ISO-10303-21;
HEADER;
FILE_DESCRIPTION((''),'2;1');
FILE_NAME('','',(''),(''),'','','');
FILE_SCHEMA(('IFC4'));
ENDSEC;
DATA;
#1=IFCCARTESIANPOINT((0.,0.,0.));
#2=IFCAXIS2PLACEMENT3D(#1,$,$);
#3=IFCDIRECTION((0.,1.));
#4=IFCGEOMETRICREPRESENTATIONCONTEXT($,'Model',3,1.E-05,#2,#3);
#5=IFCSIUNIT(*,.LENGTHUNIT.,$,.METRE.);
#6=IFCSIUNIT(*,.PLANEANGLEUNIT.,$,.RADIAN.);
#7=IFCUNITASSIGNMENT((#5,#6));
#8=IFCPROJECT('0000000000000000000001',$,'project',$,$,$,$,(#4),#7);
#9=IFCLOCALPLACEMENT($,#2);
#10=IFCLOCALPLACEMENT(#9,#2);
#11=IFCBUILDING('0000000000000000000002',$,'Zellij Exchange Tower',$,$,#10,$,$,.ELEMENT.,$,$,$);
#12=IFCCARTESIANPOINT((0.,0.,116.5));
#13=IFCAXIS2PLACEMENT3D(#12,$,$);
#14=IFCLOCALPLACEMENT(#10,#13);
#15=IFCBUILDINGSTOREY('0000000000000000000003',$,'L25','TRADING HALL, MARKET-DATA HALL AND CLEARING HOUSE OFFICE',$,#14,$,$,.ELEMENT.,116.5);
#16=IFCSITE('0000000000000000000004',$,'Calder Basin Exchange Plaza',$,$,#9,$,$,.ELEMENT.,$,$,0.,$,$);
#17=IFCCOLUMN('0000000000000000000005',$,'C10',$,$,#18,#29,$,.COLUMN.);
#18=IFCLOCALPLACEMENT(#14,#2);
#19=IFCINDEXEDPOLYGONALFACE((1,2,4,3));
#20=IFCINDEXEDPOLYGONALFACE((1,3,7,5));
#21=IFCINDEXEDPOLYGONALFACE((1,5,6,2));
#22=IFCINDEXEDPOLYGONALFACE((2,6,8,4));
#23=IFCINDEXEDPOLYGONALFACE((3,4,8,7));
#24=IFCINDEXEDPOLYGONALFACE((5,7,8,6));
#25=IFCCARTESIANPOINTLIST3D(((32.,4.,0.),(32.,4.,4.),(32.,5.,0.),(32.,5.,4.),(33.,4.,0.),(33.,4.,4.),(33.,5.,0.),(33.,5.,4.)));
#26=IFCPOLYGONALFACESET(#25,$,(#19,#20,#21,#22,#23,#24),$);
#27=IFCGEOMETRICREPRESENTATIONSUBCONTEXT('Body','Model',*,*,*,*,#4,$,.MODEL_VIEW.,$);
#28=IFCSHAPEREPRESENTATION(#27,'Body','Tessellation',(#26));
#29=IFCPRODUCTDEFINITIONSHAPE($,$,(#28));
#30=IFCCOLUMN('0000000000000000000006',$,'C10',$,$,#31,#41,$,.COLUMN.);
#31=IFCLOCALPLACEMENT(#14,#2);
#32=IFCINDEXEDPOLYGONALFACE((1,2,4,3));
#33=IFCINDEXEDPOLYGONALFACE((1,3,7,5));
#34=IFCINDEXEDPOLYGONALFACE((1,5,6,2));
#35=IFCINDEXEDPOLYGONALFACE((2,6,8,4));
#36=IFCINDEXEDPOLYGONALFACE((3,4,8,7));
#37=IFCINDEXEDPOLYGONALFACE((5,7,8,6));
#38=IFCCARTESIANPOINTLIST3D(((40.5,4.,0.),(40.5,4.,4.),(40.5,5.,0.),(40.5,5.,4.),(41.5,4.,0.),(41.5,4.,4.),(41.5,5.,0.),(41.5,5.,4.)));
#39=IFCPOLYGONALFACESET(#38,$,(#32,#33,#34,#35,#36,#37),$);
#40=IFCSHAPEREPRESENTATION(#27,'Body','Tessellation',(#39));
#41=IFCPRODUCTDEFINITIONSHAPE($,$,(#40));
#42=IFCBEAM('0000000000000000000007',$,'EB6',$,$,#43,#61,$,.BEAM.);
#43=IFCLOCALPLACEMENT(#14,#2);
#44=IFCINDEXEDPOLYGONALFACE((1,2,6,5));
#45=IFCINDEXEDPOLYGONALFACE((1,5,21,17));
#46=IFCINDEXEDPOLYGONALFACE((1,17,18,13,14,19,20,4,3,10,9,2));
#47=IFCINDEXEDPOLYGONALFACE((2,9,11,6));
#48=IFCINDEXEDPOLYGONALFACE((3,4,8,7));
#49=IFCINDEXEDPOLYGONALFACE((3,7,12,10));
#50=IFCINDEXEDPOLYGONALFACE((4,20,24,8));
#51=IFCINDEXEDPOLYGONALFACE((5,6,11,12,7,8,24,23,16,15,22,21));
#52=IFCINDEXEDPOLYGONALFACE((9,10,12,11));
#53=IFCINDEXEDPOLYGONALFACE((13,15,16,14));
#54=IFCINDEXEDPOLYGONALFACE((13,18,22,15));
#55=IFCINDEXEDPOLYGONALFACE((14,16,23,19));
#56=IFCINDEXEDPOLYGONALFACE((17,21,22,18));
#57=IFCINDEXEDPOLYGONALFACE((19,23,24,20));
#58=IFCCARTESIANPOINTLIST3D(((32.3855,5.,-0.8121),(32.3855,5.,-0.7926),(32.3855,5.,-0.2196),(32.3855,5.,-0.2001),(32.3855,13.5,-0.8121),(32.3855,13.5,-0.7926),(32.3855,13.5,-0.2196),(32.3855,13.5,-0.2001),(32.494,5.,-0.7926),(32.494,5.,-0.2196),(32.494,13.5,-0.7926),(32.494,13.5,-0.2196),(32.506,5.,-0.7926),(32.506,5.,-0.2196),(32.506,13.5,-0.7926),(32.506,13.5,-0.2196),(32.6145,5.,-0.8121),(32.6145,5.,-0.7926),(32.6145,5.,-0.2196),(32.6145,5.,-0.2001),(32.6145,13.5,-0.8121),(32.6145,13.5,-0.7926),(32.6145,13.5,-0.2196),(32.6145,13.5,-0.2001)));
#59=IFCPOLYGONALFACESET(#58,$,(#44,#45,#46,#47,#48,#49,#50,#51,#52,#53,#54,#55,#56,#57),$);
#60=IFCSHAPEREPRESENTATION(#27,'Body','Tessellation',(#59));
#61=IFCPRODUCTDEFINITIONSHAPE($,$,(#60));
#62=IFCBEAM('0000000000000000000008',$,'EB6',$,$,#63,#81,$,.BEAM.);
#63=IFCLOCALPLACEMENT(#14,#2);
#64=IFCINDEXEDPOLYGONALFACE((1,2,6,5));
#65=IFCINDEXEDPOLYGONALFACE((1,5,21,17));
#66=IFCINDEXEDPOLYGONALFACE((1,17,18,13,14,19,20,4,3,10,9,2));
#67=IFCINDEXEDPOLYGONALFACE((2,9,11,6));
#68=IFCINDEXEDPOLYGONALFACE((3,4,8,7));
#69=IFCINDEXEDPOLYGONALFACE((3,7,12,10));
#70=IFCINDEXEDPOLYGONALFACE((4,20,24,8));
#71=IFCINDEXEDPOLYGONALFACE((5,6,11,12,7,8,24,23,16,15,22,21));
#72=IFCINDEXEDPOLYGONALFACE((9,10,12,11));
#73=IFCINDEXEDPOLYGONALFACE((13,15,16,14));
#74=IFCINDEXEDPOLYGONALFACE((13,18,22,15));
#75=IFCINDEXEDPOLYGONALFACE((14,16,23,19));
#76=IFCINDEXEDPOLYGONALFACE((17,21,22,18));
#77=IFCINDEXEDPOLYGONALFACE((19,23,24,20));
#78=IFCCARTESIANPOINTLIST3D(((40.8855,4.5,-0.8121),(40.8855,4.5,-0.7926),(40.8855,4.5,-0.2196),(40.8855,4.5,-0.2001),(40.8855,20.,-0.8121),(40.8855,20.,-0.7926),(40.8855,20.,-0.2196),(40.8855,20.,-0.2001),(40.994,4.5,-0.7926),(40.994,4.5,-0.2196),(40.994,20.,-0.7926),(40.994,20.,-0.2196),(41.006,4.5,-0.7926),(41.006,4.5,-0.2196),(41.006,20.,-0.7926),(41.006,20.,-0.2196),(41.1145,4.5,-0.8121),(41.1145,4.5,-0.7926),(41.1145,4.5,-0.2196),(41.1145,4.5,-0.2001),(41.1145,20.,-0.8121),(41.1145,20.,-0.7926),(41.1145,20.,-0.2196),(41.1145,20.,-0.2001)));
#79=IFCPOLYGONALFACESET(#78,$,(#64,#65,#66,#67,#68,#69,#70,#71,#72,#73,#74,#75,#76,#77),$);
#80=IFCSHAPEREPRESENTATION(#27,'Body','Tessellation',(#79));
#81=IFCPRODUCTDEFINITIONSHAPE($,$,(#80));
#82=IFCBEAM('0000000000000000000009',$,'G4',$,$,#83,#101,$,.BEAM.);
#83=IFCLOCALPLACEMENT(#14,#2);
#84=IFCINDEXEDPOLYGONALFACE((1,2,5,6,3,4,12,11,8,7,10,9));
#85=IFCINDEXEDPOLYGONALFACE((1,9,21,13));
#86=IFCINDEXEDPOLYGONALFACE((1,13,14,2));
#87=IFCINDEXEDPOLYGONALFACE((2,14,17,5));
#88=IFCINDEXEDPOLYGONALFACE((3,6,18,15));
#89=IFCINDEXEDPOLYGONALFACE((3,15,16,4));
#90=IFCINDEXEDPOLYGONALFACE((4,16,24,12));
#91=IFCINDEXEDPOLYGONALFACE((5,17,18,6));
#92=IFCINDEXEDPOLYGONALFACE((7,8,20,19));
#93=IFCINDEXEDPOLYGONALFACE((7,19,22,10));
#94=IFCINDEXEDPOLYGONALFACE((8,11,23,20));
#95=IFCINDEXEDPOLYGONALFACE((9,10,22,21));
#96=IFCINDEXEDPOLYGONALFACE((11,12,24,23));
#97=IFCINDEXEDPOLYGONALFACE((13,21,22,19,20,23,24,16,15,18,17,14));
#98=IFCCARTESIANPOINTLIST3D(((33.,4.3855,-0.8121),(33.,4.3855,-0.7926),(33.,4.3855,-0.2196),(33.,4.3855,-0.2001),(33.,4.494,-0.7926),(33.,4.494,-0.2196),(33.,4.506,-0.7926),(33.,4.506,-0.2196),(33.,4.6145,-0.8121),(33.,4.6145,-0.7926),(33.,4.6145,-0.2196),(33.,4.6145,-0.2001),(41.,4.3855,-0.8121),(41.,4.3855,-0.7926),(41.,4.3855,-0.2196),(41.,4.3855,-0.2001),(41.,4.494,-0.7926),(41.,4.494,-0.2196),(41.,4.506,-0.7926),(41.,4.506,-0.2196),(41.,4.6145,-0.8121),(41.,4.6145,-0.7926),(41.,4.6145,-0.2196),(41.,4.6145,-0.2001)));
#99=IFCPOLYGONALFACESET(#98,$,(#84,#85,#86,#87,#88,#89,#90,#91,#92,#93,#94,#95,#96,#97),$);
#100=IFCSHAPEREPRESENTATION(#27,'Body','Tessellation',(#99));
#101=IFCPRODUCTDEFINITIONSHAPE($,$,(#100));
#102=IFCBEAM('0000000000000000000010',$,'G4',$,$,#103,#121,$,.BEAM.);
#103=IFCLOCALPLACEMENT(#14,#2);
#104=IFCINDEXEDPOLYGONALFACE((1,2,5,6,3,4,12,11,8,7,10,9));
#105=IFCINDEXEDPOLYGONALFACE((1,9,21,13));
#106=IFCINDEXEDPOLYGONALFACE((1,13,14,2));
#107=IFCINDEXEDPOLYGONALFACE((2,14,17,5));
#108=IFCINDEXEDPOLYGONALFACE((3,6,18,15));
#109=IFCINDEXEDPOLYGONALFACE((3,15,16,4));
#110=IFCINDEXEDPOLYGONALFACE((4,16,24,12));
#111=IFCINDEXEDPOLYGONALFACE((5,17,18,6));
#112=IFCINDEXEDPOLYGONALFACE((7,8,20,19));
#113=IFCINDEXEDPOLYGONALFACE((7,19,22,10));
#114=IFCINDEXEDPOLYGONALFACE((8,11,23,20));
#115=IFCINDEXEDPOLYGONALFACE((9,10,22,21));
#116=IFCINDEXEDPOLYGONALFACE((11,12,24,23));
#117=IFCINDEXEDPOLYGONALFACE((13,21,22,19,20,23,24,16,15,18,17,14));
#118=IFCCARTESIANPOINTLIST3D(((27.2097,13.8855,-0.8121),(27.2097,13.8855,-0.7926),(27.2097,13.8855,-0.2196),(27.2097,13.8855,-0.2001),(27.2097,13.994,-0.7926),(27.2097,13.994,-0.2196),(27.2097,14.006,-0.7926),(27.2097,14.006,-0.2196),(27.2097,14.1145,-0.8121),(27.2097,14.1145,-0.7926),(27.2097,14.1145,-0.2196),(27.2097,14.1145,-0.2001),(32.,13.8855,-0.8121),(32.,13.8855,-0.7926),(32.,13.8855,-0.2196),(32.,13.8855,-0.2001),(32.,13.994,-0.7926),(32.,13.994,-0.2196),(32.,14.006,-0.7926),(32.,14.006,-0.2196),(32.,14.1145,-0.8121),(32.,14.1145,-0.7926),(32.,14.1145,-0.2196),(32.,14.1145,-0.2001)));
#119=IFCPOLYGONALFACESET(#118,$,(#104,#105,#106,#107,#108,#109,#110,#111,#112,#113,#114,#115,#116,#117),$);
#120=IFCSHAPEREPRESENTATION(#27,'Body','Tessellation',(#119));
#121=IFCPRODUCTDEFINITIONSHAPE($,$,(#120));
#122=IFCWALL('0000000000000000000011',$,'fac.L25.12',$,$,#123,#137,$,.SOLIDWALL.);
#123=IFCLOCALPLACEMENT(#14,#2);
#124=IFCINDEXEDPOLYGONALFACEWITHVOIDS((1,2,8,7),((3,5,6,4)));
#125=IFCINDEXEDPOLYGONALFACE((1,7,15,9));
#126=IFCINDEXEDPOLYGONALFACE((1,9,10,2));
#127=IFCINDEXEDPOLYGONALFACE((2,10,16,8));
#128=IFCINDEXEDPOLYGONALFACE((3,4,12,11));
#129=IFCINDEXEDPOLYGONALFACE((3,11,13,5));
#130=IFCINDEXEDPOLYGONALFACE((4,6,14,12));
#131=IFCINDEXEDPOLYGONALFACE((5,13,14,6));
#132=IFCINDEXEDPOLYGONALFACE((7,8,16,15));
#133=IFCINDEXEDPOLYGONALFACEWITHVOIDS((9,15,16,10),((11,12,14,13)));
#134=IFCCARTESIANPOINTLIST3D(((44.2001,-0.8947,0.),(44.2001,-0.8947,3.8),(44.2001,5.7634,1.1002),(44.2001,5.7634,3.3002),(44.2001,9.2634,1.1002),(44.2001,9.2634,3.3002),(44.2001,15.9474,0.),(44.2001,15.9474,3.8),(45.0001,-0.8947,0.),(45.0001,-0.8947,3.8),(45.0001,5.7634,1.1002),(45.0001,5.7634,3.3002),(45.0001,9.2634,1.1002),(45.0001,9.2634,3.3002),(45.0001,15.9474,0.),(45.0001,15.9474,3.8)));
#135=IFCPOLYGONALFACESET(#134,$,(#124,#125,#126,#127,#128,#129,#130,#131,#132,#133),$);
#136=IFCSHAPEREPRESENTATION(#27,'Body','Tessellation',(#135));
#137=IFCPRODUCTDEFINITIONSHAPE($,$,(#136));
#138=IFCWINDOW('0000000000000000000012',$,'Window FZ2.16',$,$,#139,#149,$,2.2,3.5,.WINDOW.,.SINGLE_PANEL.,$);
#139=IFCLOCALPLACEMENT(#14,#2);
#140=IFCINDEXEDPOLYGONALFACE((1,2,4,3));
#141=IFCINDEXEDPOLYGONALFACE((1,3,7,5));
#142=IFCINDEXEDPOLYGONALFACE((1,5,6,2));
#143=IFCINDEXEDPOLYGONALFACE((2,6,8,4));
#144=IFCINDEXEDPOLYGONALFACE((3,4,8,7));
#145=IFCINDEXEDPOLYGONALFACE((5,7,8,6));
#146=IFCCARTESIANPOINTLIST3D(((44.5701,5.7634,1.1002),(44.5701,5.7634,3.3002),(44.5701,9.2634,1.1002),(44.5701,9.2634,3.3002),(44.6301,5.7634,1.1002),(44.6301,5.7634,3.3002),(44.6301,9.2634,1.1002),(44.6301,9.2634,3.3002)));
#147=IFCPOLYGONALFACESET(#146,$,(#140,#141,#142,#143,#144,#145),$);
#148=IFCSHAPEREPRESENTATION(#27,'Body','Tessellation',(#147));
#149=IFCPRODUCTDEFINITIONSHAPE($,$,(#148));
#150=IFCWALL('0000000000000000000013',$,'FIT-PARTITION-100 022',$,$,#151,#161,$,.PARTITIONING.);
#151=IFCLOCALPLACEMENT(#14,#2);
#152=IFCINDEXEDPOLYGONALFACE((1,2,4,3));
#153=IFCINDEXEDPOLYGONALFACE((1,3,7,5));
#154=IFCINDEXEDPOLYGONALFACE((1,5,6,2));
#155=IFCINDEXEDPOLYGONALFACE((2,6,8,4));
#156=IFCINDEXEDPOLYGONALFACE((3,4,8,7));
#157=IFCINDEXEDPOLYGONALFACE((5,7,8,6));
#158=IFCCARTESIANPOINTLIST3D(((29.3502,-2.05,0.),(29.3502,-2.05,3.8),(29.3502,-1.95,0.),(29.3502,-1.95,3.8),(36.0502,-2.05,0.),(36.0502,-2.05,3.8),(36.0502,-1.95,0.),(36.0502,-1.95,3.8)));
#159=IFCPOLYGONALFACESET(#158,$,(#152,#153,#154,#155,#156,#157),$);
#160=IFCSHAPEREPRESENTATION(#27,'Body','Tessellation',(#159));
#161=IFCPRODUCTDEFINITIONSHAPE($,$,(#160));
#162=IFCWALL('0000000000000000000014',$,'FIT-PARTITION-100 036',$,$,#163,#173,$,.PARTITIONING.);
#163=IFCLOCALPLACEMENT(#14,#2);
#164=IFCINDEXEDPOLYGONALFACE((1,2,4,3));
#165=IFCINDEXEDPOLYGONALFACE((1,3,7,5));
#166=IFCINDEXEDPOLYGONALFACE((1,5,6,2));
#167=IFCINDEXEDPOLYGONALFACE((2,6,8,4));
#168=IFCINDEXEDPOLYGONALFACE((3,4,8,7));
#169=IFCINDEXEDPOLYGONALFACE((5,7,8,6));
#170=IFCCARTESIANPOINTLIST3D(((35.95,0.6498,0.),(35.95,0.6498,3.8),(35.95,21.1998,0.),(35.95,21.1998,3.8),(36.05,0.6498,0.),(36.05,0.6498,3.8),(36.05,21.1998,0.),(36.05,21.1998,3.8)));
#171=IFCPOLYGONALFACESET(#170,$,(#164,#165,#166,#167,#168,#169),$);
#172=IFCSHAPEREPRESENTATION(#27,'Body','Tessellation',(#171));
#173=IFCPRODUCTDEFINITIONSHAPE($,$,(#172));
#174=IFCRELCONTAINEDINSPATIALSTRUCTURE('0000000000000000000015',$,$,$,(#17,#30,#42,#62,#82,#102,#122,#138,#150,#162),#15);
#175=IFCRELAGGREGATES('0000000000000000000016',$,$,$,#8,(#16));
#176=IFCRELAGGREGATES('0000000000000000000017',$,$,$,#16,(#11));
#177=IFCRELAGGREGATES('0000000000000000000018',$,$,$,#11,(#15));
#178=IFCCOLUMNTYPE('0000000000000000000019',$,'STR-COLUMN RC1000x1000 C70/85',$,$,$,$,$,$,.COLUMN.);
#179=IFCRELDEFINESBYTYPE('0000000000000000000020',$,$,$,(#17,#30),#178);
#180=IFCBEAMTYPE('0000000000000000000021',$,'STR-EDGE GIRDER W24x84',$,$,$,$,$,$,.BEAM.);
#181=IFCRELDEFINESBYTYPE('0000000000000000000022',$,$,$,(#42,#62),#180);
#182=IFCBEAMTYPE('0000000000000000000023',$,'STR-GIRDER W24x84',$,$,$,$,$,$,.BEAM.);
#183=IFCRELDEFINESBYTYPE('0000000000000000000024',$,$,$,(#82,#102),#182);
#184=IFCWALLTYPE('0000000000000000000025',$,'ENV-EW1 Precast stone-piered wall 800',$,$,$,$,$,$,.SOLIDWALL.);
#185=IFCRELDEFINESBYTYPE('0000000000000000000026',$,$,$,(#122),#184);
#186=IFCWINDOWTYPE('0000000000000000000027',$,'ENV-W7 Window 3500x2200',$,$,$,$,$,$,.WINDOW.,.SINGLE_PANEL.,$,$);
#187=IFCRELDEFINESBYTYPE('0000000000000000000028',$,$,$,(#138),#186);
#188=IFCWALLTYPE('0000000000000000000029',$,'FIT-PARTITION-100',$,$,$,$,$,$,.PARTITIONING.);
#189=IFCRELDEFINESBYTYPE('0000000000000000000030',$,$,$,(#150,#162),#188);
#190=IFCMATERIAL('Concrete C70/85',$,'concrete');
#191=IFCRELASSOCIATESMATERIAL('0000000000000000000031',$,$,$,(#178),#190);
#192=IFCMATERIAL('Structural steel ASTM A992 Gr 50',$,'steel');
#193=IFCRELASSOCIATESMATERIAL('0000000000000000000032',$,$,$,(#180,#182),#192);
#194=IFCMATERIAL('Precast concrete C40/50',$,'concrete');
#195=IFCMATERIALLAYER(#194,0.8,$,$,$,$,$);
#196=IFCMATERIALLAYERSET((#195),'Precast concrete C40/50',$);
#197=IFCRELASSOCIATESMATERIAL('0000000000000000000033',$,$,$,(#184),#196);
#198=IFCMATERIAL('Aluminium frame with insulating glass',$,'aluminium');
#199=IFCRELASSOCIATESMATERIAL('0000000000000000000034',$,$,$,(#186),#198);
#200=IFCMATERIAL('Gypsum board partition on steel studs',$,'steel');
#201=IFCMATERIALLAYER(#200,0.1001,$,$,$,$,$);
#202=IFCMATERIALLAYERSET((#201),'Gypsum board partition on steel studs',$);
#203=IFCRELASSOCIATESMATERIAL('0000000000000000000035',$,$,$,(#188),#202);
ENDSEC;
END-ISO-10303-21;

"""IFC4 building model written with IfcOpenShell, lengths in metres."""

from ifc_helpers import new_model, si_unit, direction, frame, frame_2d, origin, origin_2d, place, context, subcontext, project, spatial, rectangle, i_section, extrude, material, layer, layer_set, material_profile, profile_set, type_object, element, fill, save


model = new_model("IFC4")

# Units and contexts
model_context = context("Model", 3, precision=1e-05, world=origin(), true_north=direction((0.0, 1.0)))
body_context = subcontext(model_context, "Body", "Model", "MODEL_VIEW")
ifc_project = project(units=[si_unit("LENGTHUNIT", "METRE"), si_unit("PLANEANGLEUNIT", "RADIAN")], contexts=[model_context])

# Site, building, storey
site_placement = place(None, origin())
site = spatial("IfcSite", under=ifc_project, at=site_placement, Name="Calder Basin Exchange Plaza", CompositionType="ELEMENT", RefElevation=0.0)
building_placement = place(site_placement, origin())
building = spatial("IfcBuilding", under=site, at=building_placement, Name="Zellij Exchange Tower", CompositionType="ELEMENT")
storey_placement = place(building_placement, frame((0.0, 0.0, 116.5)))
storey = spatial("IfcBuildingStorey", under=building, at=storey_placement, Name="L25", Description="TRADING HALL, MARKET-DATA HALL AND CLEARING HOUSE OFFICE", CompositionType="ELEMENT", Elevation=116.5)

# Columns
ifc_material_1 = material(Name="Concrete C70/85", Category="concrete")
ifc_material_profile_1 = material_profile(ifc_material_1, rectangle(XDim=1.0, YDim=1.0, at=origin_2d()), Name="STR-COLUMN RC1000x1000 C70/85")
ifc_profile_set_1 = profile_set([ifc_material_profile_1], Name="Concrete C70/85")
column_type = type_object("IfcColumnType", Name="STR-COLUMN RC1000x1000 C70/85", PredefinedType="COLUMN", material=ifc_profile_set_1)
for number, where, z_axis, x_axis, name in (
    (1, (32.5, 4.5, 0.0), (0.0, 0.0, 1.0), (1.0, 0.0, 0.0), "C10"),
    (2, (41.0, 4.5, 0.0), (0.0, 0.0, 1.0), (1.0, 0.0, 0.0), "C10"),
):
    element("IfcColumn", number, at=place(storey_placement, frame(where, z_axis=z_axis, x_axis=x_axis)), inside=storey, type_object=column_type, Name=name, PredefinedType="COLUMN", context=body_context, shape_type="SweptSolid", body=[
        extrude(rectangle(XDim=1.0, YDim=1.0, at=origin_2d()), origin(), (0.0, 0.0, 1.0), 4.0),
    ])

# Beams
ifc_material_2 = material(Name="Structural steel ASTM A992 Gr 50", Category="steel")
ifc_material_profile_2 = material_profile(ifc_material_2, i_section(OverallWidth=0.229, OverallDepth=0.6121, WebThickness=0.012, FlangeThickness=0.0195, at=origin_2d()), Name="W24x84")
ifc_profile_set_2 = profile_set([ifc_material_profile_2], Name="Structural steel ASTM A992 Gr 50")
beam_type_1 = type_object("IfcBeamType", Name="STR-EDGE GIRDER W24x84", PredefinedType="BEAM", material=ifc_profile_set_2)
beam_1_placement = place(storey_placement, frame((32.5, 5.0, -0.5061), z_axis=(0.0, 1.0, 0.0), x_axis=(-1.0, 0.0, 0.0)))
element("IfcBeam", 3, at=beam_1_placement, inside=storey, type_object=beam_type_1, Name="EB6", PredefinedType="BEAM", context=body_context, shape_type="SweptSolid", body=[
    extrude(i_section(OverallWidth=0.229, OverallDepth=0.6121, WebThickness=0.012, FlangeThickness=0.0195, at=origin_2d()), origin(), (0.0, 0.0, 1.0), 8.5),
])
beam_2_placement = place(storey_placement, frame((41.0, 4.5, -0.5061), z_axis=(0.0, 1.0, 0.0), x_axis=(-1.0, 0.0, 0.0)))
element("IfcBeam", 4, at=beam_2_placement, inside=storey, type_object=beam_type_1, Name="EB6", PredefinedType="BEAM", context=body_context, shape_type="SweptSolid", body=[
    extrude(i_section(OverallWidth=0.229, OverallDepth=0.6121, WebThickness=0.012, FlangeThickness=0.0195, at=origin_2d()), origin(), (0.0, 0.0, 1.0), 15.5),
])
ifc_material_profile_3 = material_profile(ifc_material_2, i_section(OverallWidth=0.229, OverallDepth=0.6121, WebThickness=0.012, FlangeThickness=0.0195, at=origin_2d()), Name="W24x84")
ifc_profile_set_3 = profile_set([ifc_material_profile_3], Name="Structural steel ASTM A992 Gr 50")
beam_type_2 = type_object("IfcBeamType", Name="STR-GIRDER W24x84", PredefinedType="BEAM", material=ifc_profile_set_3)
beam_3_placement = place(storey_placement, frame((33.0, 4.5, -0.5061), z_axis=(1.0, 0.0, 0.0), x_axis=(0.0, 1.0, 0.0)))
element("IfcBeam", 5, at=beam_3_placement, inside=storey, type_object=beam_type_2, Name="G4", PredefinedType="BEAM", context=body_context, shape_type="SweptSolid", body=[
    extrude(i_section(OverallWidth=0.229, OverallDepth=0.6121, WebThickness=0.012, FlangeThickness=0.0195, at=origin_2d()), origin(), (0.0, 0.0, 1.0), 8.0),
])
beam_4_placement = place(storey_placement, frame((27.2097, 14.0, -0.5061), z_axis=(1.0, 0.0, 0.0), x_axis=(0.0, 1.0, 0.0)))
element("IfcBeam", 6, at=beam_4_placement, inside=storey, type_object=beam_type_2, Name="G4", PredefinedType="BEAM", context=body_context, shape_type="SweptSolid", body=[
    extrude(i_section(OverallWidth=0.229, OverallDepth=0.6121, WebThickness=0.012, FlangeThickness=0.0195, at=origin_2d()), origin(), (0.0, 0.0, 1.0), 4.7903),
])

# Wall, opening, window
ifc_material_3 = material(Name="Precast concrete C40/50", Category="concrete")
ifc_layer_1 = layer(ifc_material_3, 0.8)
ifc_layer_set_1 = layer_set([ifc_layer_1], Name="Precast concrete C40/50")
wall_type_1 = type_object("IfcWallType", Name="ENV-EW1 Precast stone-piered wall 800", PredefinedType="SOLIDWALL", material=ifc_layer_set_1)
wall_1_placement = place(storey_placement, frame((44.6001, -0.8945, 0.0), z_axis=(0.0, 0.0, 1.0), x_axis=(0.0, 1.0, 0.0)))
wall_1 = element("IfcWall", 7, at=wall_1_placement, inside=storey, type_object=wall_type_1, Name="fac.L25.12", PredefinedType="SOLIDWALL", context=body_context, shape_type="SweptSolid", body=[
    extrude(rectangle(XDim=16.842, YDim=0.8, at=frame_2d((8.4209, 0.0))), origin(), (0.0, 0.0, 1.0), 3.8),
])
opening_1_placement = place(wall_1_placement, frame((6.658, 0.0, 1.1001)))
opening_1 = element("IfcOpeningElement", 8, at=opening_1_placement, cuts=wall_1, PredefinedType="OPENING", context=body_context, shape_type="SweptSolid", body=[
    extrude(rectangle(XDim=3.5, YDim=2.2, at=frame_2d((1.75, 1.1001))), frame((0.0, 0.4121, 0.0), z_axis=(0.0, -1.0, 0.0), x_axis=(1.0, 0.0, 0.0)), (0.0, 0.0, 1.0), 0.824),
])
ifc_material_4 = material(Name="Aluminium frame with insulating glass", Category="aluminium")
window_type = type_object("IfcWindowType", Name="ENV-W7 Window 3500x2200", PartitioningType="SINGLE_PANEL", PredefinedType="WINDOW", material=ifc_material_4)
window_placement = place(opening_1_placement, origin())
window = element("IfcWindow", 9, at=window_placement, inside=storey, type_object=window_type, Name="Window FZ2.16", OverallHeight=2.2, OverallWidth=3.5, PartitioningType="SINGLE_PANEL", PredefinedType="WINDOW", context=body_context, shape_type="SweptSolid", body=[
    extrude(rectangle(XDim=3.5, YDim=2.2, at=frame_2d((1.75, 1.1001))), frame((0.0, 0.03, 0.0), z_axis=(0.0, -1.0, 0.0), x_axis=(1.0, 0.0, 0.0)), (0.0, 0.0, 1.0), 0.0601),
])
fill(opening_1, window)

# Walls
ifc_material_5 = material(Name="Gypsum board partition on steel studs", Category="steel")
ifc_layer_2 = layer(ifc_material_5, 0.1001)
ifc_layer_set_2 = layer_set([ifc_layer_2], Name="Gypsum board partition on steel studs")
wall_type_2 = type_object("IfcWallType", Name="FIT-PARTITION-100", PredefinedType="PARTITIONING", material=ifc_layer_set_2)
wall_2_placement = place(storey_placement, frame((29.3501, -2.0, 0.0), z_axis=(0.0, 0.0, 1.0), x_axis=(1.0, 0.0, 0.0)))
element("IfcWall", 10, at=wall_2_placement, inside=storey, type_object=wall_type_2, Name="FIT-PARTITION-100 022", PredefinedType="PARTITIONING", context=body_context, shape_type="SweptSolid", body=[
    extrude(rectangle(XDim=6.7, YDim=0.1001, at=frame_2d((3.3501, 0.0))), origin(), (0.0, 0.0, 1.0), 3.8),
])
wall_3_placement = place(storey_placement, frame((36.0, 0.6499, 0.0), z_axis=(0.0, 0.0, 1.0), x_axis=(0.0, 1.0, 0.0)))
element("IfcWall", 11, at=wall_3_placement, inside=storey, type_object=wall_type_2, Name="FIT-PARTITION-100 036", PredefinedType="PARTITIONING", context=body_context, shape_type="SweptSolid", body=[
    extrude(rectangle(XDim=20.55, YDim=0.1001, at=frame_2d((10.2749, 0.0))), origin(), (0.0, 0.0, 1.0), 3.8),
])

save(model, "model.ifc")
